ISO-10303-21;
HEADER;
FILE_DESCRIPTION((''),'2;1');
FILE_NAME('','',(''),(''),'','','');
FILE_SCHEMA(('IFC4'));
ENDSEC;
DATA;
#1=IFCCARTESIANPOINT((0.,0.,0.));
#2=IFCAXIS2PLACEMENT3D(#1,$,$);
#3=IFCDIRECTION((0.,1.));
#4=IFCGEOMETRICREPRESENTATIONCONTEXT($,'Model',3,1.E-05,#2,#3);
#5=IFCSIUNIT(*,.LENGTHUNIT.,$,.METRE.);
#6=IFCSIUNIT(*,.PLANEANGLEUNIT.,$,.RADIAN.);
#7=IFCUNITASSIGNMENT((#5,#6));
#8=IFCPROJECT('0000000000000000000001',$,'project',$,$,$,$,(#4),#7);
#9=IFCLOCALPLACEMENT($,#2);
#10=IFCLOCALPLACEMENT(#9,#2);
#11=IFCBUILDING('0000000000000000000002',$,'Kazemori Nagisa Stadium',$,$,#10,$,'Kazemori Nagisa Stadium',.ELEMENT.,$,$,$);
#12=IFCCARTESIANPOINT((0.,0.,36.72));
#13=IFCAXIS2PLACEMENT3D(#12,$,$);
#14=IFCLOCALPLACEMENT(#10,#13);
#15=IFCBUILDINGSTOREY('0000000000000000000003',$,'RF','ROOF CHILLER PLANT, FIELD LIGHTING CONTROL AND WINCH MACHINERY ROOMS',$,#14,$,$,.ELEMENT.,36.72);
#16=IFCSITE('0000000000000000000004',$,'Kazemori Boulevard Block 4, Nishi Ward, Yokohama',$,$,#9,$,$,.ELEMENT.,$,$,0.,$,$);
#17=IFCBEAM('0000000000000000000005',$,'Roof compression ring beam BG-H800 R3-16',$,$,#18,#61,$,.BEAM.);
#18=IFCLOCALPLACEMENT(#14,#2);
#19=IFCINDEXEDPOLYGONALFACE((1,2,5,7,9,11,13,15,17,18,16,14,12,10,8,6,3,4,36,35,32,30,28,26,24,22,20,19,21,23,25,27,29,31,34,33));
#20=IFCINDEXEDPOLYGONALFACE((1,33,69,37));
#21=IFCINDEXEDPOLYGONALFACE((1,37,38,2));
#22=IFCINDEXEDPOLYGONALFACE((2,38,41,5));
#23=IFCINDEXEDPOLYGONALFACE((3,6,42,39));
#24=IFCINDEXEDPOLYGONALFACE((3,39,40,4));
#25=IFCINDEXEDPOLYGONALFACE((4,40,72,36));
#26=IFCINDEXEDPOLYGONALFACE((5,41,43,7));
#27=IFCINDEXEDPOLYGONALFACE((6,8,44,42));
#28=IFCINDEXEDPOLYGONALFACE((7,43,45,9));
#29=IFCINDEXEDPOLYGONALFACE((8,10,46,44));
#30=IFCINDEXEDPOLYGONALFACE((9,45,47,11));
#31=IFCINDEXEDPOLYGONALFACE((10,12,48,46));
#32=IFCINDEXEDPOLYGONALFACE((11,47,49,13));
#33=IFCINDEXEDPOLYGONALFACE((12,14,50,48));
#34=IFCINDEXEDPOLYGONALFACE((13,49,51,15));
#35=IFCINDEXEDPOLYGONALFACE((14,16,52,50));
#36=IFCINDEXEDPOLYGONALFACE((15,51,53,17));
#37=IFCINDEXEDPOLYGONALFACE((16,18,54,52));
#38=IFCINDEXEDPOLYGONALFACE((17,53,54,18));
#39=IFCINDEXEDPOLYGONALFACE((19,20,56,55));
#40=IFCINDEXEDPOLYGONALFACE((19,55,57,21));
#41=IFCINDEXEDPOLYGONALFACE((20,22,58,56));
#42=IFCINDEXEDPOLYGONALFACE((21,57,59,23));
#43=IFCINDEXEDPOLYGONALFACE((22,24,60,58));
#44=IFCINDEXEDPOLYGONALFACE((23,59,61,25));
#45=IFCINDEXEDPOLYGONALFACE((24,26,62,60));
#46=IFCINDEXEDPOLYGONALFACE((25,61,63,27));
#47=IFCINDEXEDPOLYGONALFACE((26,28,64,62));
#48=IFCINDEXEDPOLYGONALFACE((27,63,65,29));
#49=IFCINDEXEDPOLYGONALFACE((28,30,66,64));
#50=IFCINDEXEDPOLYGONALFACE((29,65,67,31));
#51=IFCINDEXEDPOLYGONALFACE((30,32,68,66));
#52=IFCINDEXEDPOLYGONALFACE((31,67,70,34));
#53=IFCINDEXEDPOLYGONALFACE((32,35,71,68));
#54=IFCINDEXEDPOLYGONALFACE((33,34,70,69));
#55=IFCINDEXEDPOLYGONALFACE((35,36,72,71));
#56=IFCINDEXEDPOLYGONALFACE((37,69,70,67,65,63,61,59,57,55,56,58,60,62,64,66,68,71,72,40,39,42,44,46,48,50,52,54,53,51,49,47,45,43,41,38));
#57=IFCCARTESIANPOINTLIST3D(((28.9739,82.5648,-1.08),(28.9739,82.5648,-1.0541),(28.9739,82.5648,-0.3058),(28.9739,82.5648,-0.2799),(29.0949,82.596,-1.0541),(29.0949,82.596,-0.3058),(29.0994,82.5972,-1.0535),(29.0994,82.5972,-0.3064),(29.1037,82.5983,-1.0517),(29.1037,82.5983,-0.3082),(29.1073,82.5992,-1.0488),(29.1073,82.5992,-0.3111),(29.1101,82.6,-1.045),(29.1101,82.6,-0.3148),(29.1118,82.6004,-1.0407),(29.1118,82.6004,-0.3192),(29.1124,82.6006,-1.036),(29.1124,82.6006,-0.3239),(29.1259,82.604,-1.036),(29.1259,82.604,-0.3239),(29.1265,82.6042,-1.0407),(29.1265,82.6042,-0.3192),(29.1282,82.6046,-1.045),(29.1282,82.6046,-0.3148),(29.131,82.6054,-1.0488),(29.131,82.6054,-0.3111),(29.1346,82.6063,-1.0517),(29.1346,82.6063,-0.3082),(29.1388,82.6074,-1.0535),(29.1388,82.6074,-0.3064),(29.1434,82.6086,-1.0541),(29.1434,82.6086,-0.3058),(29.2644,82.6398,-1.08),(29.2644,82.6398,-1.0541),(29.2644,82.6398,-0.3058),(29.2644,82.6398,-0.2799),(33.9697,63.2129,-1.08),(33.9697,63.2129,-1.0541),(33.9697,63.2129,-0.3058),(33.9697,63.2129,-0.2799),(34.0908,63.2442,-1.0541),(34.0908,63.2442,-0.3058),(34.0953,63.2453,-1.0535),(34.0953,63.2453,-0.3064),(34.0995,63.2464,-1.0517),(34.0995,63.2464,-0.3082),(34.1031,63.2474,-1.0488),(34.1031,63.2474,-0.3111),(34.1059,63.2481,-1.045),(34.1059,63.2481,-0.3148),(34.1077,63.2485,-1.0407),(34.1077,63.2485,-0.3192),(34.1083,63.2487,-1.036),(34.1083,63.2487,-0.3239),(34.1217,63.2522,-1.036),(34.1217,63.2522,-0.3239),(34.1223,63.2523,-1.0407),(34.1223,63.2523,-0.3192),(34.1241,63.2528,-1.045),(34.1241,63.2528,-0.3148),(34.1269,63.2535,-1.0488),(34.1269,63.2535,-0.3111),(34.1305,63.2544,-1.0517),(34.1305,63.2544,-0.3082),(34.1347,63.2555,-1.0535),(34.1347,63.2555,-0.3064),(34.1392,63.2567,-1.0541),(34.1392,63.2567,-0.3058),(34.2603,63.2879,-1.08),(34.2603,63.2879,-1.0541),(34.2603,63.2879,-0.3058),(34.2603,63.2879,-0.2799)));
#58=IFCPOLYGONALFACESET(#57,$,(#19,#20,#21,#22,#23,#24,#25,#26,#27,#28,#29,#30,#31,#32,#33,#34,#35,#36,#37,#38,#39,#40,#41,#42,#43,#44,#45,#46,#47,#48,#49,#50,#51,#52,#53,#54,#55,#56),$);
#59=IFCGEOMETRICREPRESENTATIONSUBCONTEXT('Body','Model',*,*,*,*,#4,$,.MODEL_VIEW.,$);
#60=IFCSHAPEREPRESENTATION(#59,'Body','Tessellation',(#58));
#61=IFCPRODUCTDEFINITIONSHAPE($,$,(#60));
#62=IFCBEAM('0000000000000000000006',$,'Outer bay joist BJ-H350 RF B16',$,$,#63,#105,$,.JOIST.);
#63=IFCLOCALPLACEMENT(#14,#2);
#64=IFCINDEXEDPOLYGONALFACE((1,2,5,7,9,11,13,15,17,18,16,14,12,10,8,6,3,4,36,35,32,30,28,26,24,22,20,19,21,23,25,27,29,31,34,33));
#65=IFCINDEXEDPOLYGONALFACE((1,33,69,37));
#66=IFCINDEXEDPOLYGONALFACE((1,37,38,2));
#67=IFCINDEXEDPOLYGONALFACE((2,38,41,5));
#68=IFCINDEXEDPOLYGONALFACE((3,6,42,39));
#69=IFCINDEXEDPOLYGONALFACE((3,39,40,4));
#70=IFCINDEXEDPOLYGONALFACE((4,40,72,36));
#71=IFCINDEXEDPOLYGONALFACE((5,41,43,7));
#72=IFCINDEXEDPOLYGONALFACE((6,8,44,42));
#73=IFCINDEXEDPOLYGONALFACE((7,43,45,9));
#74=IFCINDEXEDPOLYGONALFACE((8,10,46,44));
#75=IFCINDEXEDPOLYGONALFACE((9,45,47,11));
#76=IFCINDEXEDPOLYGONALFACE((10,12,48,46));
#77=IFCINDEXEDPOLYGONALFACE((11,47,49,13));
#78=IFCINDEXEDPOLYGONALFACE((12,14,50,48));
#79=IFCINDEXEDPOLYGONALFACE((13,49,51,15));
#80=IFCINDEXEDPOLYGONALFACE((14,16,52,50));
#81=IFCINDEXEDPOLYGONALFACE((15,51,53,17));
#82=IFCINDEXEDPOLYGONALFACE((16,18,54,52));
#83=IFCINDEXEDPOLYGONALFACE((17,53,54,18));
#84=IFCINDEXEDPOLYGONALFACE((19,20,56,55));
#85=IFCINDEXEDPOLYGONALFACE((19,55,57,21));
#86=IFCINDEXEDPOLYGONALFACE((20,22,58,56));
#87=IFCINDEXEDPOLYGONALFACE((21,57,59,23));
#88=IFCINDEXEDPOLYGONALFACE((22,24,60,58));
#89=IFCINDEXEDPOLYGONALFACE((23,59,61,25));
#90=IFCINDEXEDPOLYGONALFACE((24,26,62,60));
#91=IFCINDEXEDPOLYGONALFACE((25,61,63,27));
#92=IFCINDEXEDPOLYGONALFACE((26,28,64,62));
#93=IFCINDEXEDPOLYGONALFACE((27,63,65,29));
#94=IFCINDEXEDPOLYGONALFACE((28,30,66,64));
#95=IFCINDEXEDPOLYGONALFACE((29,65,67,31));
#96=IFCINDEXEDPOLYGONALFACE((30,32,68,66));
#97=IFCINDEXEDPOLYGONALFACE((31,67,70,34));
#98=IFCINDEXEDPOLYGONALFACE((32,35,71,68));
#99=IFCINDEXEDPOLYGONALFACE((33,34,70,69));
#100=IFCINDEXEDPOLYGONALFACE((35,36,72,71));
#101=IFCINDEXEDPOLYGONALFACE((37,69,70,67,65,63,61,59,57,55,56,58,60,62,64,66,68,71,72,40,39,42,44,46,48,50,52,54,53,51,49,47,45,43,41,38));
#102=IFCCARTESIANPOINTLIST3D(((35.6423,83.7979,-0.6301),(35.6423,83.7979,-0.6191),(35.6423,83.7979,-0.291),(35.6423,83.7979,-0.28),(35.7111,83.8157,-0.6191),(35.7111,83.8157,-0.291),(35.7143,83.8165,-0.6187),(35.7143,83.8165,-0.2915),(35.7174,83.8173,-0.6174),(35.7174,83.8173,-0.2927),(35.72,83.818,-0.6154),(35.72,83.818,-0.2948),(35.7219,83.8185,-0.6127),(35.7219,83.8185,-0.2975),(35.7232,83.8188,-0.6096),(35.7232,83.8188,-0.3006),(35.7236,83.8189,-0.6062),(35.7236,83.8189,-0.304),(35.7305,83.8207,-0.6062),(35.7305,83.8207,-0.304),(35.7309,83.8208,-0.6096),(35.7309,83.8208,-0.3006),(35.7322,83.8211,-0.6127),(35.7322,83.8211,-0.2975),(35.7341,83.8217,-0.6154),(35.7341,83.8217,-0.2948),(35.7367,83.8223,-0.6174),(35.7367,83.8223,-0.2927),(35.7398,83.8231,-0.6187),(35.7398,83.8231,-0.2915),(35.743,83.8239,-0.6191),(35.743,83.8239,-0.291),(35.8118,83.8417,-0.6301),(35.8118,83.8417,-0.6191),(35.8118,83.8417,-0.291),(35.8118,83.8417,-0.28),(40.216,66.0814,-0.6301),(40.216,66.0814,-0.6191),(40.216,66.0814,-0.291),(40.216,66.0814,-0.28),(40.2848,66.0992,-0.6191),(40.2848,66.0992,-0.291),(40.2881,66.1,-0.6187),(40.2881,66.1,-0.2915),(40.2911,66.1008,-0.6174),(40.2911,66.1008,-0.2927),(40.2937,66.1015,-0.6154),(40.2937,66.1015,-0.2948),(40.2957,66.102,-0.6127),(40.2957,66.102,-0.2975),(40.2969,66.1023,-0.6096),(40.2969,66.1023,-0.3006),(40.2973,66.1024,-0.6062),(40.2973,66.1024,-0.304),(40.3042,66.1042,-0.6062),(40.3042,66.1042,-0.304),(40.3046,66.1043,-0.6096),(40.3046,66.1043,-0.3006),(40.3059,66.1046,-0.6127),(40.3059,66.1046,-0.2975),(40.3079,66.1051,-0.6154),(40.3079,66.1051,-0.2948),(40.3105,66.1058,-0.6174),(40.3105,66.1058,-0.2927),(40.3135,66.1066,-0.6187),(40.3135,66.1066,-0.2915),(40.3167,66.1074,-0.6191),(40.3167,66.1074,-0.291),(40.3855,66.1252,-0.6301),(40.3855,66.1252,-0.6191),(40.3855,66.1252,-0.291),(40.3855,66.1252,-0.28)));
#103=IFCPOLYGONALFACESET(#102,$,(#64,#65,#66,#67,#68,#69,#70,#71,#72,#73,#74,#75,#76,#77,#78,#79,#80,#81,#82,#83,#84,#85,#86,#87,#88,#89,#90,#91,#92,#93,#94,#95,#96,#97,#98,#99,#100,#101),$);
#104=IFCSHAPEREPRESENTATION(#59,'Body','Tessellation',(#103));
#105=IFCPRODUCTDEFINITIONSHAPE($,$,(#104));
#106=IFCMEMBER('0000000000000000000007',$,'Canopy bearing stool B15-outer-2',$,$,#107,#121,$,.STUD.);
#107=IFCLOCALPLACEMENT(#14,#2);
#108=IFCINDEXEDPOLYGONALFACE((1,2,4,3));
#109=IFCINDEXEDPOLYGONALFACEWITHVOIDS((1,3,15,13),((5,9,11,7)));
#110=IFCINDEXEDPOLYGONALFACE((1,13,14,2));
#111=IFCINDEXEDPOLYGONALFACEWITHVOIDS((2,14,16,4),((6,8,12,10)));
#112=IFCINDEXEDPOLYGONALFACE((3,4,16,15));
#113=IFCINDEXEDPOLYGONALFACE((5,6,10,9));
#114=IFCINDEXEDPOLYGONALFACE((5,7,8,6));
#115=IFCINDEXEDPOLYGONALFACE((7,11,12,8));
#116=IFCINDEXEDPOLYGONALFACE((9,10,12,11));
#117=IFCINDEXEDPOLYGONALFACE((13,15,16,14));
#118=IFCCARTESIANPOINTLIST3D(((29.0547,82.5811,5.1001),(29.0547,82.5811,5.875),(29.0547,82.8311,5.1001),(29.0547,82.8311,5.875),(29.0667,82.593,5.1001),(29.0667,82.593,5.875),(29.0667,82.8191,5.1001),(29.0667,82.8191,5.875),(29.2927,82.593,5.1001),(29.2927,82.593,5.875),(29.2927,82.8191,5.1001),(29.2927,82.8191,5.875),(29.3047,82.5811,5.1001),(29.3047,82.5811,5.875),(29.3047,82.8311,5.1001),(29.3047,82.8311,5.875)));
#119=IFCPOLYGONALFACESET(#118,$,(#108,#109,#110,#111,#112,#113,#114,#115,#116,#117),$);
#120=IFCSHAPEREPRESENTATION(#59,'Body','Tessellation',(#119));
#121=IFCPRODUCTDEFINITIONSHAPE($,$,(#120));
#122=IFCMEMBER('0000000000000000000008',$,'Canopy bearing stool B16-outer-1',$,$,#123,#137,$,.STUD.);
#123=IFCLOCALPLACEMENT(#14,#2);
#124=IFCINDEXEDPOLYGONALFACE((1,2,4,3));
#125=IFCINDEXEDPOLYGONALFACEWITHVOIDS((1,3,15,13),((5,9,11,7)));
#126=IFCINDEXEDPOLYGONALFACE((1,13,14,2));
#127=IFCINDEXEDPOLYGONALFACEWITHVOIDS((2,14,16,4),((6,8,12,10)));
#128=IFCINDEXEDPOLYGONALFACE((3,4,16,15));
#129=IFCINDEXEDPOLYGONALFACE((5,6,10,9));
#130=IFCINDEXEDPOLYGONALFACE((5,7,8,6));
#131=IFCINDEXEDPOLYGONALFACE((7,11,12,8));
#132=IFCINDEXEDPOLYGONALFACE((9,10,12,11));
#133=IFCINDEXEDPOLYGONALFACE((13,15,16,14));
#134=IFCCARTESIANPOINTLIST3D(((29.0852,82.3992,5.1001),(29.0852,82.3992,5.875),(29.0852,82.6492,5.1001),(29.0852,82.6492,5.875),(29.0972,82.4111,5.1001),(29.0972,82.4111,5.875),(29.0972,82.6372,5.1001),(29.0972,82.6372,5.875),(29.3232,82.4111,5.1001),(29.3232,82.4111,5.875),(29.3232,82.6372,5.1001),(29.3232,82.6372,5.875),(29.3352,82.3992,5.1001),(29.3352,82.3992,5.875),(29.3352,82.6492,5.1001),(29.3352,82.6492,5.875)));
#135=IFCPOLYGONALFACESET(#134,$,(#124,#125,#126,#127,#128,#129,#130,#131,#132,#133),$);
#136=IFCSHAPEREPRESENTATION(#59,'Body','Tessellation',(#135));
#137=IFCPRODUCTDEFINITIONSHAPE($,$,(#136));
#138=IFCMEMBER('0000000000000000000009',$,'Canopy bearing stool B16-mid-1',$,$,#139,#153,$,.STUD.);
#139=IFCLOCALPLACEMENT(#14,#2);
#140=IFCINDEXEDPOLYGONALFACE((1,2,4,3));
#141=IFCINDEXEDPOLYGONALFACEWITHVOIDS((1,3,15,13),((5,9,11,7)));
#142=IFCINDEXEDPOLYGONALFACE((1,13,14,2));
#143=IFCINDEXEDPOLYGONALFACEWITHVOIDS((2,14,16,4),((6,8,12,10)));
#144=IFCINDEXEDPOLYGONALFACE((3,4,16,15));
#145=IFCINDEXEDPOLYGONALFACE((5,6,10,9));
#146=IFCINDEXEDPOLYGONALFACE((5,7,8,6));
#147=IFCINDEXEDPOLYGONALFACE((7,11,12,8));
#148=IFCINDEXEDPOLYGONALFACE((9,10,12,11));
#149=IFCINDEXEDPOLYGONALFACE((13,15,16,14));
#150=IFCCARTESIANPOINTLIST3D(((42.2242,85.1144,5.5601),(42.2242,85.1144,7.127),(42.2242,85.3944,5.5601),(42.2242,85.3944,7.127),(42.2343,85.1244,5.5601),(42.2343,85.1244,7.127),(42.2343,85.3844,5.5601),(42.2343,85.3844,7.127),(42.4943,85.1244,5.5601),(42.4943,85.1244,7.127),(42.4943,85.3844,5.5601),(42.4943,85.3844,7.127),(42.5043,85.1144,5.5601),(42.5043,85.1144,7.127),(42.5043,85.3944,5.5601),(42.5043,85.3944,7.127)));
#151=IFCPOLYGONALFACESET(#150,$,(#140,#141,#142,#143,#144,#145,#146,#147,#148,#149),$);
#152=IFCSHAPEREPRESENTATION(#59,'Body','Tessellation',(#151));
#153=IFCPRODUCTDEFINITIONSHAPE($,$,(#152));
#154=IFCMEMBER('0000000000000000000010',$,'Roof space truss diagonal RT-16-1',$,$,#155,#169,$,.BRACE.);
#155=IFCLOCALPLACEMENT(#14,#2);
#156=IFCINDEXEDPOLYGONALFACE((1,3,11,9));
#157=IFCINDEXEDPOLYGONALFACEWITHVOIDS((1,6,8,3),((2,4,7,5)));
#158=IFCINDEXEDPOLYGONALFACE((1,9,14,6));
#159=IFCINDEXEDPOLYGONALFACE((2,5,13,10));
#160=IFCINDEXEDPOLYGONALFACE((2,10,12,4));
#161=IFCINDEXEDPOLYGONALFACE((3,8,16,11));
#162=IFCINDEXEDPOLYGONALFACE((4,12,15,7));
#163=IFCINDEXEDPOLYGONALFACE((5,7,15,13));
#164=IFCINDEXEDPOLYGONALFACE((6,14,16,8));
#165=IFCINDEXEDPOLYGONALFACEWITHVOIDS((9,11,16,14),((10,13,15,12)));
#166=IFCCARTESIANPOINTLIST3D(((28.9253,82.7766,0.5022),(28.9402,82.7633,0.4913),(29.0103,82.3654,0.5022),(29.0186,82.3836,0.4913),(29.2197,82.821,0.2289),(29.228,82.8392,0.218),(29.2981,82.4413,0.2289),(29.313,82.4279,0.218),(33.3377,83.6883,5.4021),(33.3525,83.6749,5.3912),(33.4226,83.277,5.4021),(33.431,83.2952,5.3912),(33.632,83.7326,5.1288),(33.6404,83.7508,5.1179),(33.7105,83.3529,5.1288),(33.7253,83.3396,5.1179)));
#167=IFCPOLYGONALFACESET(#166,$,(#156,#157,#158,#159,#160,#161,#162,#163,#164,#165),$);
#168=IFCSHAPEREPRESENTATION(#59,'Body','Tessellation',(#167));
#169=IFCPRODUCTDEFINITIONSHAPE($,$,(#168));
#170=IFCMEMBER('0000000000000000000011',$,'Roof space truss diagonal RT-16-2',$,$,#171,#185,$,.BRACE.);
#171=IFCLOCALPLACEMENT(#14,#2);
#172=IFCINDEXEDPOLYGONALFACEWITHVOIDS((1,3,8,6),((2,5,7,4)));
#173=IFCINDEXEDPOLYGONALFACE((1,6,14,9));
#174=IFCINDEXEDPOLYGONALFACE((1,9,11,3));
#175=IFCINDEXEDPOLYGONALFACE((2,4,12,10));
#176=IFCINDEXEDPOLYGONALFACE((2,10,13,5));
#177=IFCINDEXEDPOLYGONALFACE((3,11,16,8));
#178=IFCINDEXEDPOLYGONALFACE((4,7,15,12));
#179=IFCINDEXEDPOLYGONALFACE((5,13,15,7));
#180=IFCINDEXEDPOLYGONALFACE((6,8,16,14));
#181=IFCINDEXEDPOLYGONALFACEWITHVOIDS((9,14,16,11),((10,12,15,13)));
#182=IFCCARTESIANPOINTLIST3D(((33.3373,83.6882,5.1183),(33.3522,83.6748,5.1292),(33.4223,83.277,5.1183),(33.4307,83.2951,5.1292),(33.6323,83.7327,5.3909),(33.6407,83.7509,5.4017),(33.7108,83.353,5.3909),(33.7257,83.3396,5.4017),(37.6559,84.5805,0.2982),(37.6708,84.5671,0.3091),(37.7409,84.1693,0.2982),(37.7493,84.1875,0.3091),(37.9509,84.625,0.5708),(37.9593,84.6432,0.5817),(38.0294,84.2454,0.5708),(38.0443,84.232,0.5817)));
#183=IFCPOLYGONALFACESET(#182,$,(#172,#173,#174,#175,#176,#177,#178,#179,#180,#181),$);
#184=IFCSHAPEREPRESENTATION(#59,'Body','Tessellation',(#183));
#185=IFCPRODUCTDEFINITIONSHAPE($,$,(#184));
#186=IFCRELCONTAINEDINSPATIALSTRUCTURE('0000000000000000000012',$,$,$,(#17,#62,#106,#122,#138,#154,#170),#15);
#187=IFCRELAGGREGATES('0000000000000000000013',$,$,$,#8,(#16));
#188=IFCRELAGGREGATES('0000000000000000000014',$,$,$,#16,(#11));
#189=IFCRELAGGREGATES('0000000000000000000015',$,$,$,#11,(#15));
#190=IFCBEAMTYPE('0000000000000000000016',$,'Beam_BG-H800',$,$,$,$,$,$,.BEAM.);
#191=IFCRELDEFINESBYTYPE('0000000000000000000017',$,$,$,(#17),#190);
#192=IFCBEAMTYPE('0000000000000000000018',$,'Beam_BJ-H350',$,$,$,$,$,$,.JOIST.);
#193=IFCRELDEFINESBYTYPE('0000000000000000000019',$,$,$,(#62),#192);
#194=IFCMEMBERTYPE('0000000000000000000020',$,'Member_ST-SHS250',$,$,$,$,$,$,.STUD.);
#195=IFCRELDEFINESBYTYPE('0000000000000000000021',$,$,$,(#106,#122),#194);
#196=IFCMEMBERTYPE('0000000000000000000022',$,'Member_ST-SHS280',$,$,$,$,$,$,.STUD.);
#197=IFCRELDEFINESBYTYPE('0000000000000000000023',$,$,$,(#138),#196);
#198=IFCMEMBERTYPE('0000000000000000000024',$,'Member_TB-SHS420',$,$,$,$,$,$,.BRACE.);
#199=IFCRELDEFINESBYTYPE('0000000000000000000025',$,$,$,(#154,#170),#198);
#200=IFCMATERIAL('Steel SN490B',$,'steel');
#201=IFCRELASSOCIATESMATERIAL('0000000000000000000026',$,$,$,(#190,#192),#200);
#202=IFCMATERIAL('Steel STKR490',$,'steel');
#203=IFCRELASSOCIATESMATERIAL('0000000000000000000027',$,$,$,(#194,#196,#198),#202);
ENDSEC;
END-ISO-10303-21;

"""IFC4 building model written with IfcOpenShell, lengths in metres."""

from ifc_helpers import new_model, si_unit, direction, frame, origin, origin_2d, place, context, subcontext, project, spatial, hollow_rectangle, i_section, extrude, material, material_profile, profile_set, type_object, element, save


model = new_model("IFC4")

# Units and contexts
model_context = context("Model", 3, precision=1e-05, world=origin(), true_north=direction((0.0, 1.0)))
body_context = subcontext(model_context, "Body", "Model", "MODEL_VIEW")
ifc_project = project(units=[si_unit("LENGTHUNIT", "METRE"), si_unit("PLANEANGLEUNIT", "RADIAN")], contexts=[model_context])

# Site, building, storey
site_placement = place(None, origin())
site = spatial("IfcSite", under=ifc_project, at=site_placement, Name="Kazemori Boulevard Block 4, Nishi Ward, Yokohama", CompositionType="ELEMENT", RefElevation=0.0)
building_placement = place(site_placement, origin())
building = spatial("IfcBuilding", under=site, at=building_placement, Name="Kazemori Nagisa Stadium", LongName="Kazemori Nagisa Stadium", CompositionType="ELEMENT")
storey_placement = place(building_placement, frame((0.0, 0.0, 36.72)))
storey = spatial("IfcBuildingStorey", under=building, at=storey_placement, Name="RF", Description="ROOF CHILLER PLANT, FIELD LIGHTING CONTROL AND WINCH MACHINERY ROOMS", CompositionType="ELEMENT", Elevation=36.72)

# Shared definitions
ifc_material_1 = material(Name="Steel SN490B", Category="steel")

# Beams
ifc_material_profile_1 = material_profile(ifc_material_1, i_section(OverallWidth=0.3, OverallDepth=0.8, WebThickness=0.0139, FlangeThickness=0.0259, FilletRadius=0.0181, at=origin_2d()), Name="H-800x300x14x26")
ifc_profile_set_1 = profile_set([ifc_material_profile_1], Name="Steel SN490B")
beam_type_1 = type_object("IfcBeamType", Name="Beam_BG-H800", PredefinedType="BEAM", material=ifc_profile_set_1)
beam_1_placement = place(storey_placement, frame((29.1191, 82.6023, -0.6799), z_axis=(0.249964, -0.968255, 0.0), x_axis=(0.968255, 0.249964, 0.0)))
element("IfcBeam", 1, at=beam_1_placement, inside=storey, type_object=beam_type_1, Name="Roof compression ring beam BG-H800 R3-16", PredefinedType="BEAM", context=body_context, shape_type="SweptSolid", body=[
    extrude(i_section(OverallWidth=0.3, OverallDepth=0.8, WebThickness=0.0139, FlangeThickness=0.0259, FilletRadius=0.0181, at=origin_2d()), origin(), (0.0, 0.0, 1.0), 19.9863),
])
ifc_material_profile_2 = material_profile(ifc_material_1, i_section(OverallWidth=0.175, OverallDepth=0.3501, WebThickness=0.0071, FlangeThickness=0.011, FilletRadius=0.0129, at=origin_2d()), Name="H-350x175x7x11")
ifc_profile_set_2 = profile_set([ifc_material_profile_2], Name="Steel SN490B")
beam_type_2 = type_object("IfcBeamType", Name="Beam_BJ-H350", PredefinedType="JOIST", material=ifc_profile_set_2)
beam_2_placement = place(storey_placement, frame((35.7271, 83.8198, -0.4551), z_axis=(0.249966, -0.968255, 0.0), x_axis=(0.968255, 0.249966, 0.0)))
element("IfcBeam", 2, at=beam_2_placement, inside=storey, type_object=beam_type_2, Name="Outer bay joist BJ-H350 RF B16", PredefinedType="JOIST", context=body_context, shape_type="SweptSolid", body=[
    extrude(i_section(OverallWidth=0.175, OverallDepth=0.3501, WebThickness=0.0071, FlangeThickness=0.011, FilletRadius=0.0129, at=origin_2d()), origin(), (0.0, 0.0, 1.0), 18.2974),
])

# Members
ifc_material_2 = material(Name="Steel STKR490", Category="steel")
ifc_material_profile_3 = material_profile(ifc_material_2, hollow_rectangle(XDim=0.25, YDim=0.25, WallThickness=0.012, at=origin_2d()), Name="SHS-250x250x12")
ifc_profile_set_3 = profile_set([ifc_material_profile_3], Name="Steel STKR490")
member_type_1 = type_object("IfcMemberType", Name="Member_ST-SHS250", PredefinedType="STUD", material=ifc_profile_set_3)
for number, where, z_axis, x_axis, name in (
    (3, (29.1797, 82.7061, 5.1001), (0.0, 0.0, 1.0), (1.0, 0.0, 0.0), "Canopy bearing stool B15-outer-2"),
    (4, (29.2102, 82.5242, 5.1001), (0.0, 0.0, 1.0), (1.0, 0.0, 0.0), "Canopy bearing stool B16-outer-1"),
):
    element("IfcMember", number, at=place(storey_placement, frame(where, z_axis=z_axis, x_axis=x_axis)), inside=storey, type_object=member_type_1, Name=name, PredefinedType="STUD", context=body_context, shape_type="SweptSolid", body=[
        extrude(hollow_rectangle(XDim=0.25, YDim=0.25, WallThickness=0.012, at=origin_2d()), origin(), (0.0, 0.0, 1.0), 0.7749),
    ])
ifc_material_profile_4 = material_profile(ifc_material_2, hollow_rectangle(XDim=0.28, YDim=0.28, WallThickness=0.01, at=origin_2d()), Name="SHS-280x280x10")
ifc_profile_set_4 = profile_set([ifc_material_profile_4], Name="Steel STKR490")
member_type_2 = type_object("IfcMemberType", Name="Member_ST-SHS280", PredefinedType="STUD", material=ifc_profile_set_4)
member_1_placement = place(storey_placement, frame((42.3643, 85.2544, 5.5601), z_axis=(0.0, 0.0, 1.0), x_axis=(1.0, 0.0, 0.0)))
element("IfcMember", 5, at=member_1_placement, inside=storey, type_object=member_type_2, Name="Canopy bearing stool B16-mid-1", PredefinedType="STUD", context=body_context, shape_type="SweptSolid", body=[
    extrude(hollow_rectangle(XDim=0.28, YDim=0.28, WallThickness=0.01, at=origin_2d()), origin(), (0.0, 0.0, 1.0), 1.5669),
])
ifc_material_profile_5 = material_profile(ifc_material_2, hollow_rectangle(XDim=0.4199, YDim=0.4199, WallThickness=0.0161, at=origin_2d()), Name="SHS-420x420x16")
ifc_profile_set_5 = profile_set([ifc_material_profile_5], Name="Steel STKR490")
member_type_3 = type_object("IfcMemberType", Name="Member_TB-SHS420", PredefinedType="BRACE", material=ifc_profile_set_5)
member_2_placement = place(storey_placement, frame((29.1191, 82.6023, 0.3601), z_axis=(0.662864, 0.136952, 0.736108), x_axis=(-0.202333, 0.979317, 0.0)))
element("IfcMember", 6, at=member_2_placement, inside=storey, type_object=member_type_3, Name="Roof space truss diagonal RT-16-1", PredefinedType="BRACE", context=body_context, shape_type="SweptSolid", body=[
    extrude(hollow_rectangle(XDim=0.4199, YDim=0.4199, WallThickness=0.0161, at=origin_2d()), origin(), (0.0, 0.0, 1.0), 6.6565),
])
member_3_placement = place(storey_placement, frame((33.5315, 83.5139, 5.26), z_axis=(0.661048, 0.136589, -0.737807), x_axis=(-0.202351, 0.979313, 0.0)))
element("IfcMember", 7, at=member_3_placement, inside=storey, type_object=member_type_3, Name="Roof space truss diagonal RT-16-2", PredefinedType="BRACE", context=body_context, shape_type="SweptSolid", body=[
    extrude(hollow_rectangle(XDim=0.4199, YDim=0.4199, WallThickness=0.0161, at=origin_2d()), origin(), (0.0, 0.0, 1.0), 6.533),
])

save(model, "model.ifc")
